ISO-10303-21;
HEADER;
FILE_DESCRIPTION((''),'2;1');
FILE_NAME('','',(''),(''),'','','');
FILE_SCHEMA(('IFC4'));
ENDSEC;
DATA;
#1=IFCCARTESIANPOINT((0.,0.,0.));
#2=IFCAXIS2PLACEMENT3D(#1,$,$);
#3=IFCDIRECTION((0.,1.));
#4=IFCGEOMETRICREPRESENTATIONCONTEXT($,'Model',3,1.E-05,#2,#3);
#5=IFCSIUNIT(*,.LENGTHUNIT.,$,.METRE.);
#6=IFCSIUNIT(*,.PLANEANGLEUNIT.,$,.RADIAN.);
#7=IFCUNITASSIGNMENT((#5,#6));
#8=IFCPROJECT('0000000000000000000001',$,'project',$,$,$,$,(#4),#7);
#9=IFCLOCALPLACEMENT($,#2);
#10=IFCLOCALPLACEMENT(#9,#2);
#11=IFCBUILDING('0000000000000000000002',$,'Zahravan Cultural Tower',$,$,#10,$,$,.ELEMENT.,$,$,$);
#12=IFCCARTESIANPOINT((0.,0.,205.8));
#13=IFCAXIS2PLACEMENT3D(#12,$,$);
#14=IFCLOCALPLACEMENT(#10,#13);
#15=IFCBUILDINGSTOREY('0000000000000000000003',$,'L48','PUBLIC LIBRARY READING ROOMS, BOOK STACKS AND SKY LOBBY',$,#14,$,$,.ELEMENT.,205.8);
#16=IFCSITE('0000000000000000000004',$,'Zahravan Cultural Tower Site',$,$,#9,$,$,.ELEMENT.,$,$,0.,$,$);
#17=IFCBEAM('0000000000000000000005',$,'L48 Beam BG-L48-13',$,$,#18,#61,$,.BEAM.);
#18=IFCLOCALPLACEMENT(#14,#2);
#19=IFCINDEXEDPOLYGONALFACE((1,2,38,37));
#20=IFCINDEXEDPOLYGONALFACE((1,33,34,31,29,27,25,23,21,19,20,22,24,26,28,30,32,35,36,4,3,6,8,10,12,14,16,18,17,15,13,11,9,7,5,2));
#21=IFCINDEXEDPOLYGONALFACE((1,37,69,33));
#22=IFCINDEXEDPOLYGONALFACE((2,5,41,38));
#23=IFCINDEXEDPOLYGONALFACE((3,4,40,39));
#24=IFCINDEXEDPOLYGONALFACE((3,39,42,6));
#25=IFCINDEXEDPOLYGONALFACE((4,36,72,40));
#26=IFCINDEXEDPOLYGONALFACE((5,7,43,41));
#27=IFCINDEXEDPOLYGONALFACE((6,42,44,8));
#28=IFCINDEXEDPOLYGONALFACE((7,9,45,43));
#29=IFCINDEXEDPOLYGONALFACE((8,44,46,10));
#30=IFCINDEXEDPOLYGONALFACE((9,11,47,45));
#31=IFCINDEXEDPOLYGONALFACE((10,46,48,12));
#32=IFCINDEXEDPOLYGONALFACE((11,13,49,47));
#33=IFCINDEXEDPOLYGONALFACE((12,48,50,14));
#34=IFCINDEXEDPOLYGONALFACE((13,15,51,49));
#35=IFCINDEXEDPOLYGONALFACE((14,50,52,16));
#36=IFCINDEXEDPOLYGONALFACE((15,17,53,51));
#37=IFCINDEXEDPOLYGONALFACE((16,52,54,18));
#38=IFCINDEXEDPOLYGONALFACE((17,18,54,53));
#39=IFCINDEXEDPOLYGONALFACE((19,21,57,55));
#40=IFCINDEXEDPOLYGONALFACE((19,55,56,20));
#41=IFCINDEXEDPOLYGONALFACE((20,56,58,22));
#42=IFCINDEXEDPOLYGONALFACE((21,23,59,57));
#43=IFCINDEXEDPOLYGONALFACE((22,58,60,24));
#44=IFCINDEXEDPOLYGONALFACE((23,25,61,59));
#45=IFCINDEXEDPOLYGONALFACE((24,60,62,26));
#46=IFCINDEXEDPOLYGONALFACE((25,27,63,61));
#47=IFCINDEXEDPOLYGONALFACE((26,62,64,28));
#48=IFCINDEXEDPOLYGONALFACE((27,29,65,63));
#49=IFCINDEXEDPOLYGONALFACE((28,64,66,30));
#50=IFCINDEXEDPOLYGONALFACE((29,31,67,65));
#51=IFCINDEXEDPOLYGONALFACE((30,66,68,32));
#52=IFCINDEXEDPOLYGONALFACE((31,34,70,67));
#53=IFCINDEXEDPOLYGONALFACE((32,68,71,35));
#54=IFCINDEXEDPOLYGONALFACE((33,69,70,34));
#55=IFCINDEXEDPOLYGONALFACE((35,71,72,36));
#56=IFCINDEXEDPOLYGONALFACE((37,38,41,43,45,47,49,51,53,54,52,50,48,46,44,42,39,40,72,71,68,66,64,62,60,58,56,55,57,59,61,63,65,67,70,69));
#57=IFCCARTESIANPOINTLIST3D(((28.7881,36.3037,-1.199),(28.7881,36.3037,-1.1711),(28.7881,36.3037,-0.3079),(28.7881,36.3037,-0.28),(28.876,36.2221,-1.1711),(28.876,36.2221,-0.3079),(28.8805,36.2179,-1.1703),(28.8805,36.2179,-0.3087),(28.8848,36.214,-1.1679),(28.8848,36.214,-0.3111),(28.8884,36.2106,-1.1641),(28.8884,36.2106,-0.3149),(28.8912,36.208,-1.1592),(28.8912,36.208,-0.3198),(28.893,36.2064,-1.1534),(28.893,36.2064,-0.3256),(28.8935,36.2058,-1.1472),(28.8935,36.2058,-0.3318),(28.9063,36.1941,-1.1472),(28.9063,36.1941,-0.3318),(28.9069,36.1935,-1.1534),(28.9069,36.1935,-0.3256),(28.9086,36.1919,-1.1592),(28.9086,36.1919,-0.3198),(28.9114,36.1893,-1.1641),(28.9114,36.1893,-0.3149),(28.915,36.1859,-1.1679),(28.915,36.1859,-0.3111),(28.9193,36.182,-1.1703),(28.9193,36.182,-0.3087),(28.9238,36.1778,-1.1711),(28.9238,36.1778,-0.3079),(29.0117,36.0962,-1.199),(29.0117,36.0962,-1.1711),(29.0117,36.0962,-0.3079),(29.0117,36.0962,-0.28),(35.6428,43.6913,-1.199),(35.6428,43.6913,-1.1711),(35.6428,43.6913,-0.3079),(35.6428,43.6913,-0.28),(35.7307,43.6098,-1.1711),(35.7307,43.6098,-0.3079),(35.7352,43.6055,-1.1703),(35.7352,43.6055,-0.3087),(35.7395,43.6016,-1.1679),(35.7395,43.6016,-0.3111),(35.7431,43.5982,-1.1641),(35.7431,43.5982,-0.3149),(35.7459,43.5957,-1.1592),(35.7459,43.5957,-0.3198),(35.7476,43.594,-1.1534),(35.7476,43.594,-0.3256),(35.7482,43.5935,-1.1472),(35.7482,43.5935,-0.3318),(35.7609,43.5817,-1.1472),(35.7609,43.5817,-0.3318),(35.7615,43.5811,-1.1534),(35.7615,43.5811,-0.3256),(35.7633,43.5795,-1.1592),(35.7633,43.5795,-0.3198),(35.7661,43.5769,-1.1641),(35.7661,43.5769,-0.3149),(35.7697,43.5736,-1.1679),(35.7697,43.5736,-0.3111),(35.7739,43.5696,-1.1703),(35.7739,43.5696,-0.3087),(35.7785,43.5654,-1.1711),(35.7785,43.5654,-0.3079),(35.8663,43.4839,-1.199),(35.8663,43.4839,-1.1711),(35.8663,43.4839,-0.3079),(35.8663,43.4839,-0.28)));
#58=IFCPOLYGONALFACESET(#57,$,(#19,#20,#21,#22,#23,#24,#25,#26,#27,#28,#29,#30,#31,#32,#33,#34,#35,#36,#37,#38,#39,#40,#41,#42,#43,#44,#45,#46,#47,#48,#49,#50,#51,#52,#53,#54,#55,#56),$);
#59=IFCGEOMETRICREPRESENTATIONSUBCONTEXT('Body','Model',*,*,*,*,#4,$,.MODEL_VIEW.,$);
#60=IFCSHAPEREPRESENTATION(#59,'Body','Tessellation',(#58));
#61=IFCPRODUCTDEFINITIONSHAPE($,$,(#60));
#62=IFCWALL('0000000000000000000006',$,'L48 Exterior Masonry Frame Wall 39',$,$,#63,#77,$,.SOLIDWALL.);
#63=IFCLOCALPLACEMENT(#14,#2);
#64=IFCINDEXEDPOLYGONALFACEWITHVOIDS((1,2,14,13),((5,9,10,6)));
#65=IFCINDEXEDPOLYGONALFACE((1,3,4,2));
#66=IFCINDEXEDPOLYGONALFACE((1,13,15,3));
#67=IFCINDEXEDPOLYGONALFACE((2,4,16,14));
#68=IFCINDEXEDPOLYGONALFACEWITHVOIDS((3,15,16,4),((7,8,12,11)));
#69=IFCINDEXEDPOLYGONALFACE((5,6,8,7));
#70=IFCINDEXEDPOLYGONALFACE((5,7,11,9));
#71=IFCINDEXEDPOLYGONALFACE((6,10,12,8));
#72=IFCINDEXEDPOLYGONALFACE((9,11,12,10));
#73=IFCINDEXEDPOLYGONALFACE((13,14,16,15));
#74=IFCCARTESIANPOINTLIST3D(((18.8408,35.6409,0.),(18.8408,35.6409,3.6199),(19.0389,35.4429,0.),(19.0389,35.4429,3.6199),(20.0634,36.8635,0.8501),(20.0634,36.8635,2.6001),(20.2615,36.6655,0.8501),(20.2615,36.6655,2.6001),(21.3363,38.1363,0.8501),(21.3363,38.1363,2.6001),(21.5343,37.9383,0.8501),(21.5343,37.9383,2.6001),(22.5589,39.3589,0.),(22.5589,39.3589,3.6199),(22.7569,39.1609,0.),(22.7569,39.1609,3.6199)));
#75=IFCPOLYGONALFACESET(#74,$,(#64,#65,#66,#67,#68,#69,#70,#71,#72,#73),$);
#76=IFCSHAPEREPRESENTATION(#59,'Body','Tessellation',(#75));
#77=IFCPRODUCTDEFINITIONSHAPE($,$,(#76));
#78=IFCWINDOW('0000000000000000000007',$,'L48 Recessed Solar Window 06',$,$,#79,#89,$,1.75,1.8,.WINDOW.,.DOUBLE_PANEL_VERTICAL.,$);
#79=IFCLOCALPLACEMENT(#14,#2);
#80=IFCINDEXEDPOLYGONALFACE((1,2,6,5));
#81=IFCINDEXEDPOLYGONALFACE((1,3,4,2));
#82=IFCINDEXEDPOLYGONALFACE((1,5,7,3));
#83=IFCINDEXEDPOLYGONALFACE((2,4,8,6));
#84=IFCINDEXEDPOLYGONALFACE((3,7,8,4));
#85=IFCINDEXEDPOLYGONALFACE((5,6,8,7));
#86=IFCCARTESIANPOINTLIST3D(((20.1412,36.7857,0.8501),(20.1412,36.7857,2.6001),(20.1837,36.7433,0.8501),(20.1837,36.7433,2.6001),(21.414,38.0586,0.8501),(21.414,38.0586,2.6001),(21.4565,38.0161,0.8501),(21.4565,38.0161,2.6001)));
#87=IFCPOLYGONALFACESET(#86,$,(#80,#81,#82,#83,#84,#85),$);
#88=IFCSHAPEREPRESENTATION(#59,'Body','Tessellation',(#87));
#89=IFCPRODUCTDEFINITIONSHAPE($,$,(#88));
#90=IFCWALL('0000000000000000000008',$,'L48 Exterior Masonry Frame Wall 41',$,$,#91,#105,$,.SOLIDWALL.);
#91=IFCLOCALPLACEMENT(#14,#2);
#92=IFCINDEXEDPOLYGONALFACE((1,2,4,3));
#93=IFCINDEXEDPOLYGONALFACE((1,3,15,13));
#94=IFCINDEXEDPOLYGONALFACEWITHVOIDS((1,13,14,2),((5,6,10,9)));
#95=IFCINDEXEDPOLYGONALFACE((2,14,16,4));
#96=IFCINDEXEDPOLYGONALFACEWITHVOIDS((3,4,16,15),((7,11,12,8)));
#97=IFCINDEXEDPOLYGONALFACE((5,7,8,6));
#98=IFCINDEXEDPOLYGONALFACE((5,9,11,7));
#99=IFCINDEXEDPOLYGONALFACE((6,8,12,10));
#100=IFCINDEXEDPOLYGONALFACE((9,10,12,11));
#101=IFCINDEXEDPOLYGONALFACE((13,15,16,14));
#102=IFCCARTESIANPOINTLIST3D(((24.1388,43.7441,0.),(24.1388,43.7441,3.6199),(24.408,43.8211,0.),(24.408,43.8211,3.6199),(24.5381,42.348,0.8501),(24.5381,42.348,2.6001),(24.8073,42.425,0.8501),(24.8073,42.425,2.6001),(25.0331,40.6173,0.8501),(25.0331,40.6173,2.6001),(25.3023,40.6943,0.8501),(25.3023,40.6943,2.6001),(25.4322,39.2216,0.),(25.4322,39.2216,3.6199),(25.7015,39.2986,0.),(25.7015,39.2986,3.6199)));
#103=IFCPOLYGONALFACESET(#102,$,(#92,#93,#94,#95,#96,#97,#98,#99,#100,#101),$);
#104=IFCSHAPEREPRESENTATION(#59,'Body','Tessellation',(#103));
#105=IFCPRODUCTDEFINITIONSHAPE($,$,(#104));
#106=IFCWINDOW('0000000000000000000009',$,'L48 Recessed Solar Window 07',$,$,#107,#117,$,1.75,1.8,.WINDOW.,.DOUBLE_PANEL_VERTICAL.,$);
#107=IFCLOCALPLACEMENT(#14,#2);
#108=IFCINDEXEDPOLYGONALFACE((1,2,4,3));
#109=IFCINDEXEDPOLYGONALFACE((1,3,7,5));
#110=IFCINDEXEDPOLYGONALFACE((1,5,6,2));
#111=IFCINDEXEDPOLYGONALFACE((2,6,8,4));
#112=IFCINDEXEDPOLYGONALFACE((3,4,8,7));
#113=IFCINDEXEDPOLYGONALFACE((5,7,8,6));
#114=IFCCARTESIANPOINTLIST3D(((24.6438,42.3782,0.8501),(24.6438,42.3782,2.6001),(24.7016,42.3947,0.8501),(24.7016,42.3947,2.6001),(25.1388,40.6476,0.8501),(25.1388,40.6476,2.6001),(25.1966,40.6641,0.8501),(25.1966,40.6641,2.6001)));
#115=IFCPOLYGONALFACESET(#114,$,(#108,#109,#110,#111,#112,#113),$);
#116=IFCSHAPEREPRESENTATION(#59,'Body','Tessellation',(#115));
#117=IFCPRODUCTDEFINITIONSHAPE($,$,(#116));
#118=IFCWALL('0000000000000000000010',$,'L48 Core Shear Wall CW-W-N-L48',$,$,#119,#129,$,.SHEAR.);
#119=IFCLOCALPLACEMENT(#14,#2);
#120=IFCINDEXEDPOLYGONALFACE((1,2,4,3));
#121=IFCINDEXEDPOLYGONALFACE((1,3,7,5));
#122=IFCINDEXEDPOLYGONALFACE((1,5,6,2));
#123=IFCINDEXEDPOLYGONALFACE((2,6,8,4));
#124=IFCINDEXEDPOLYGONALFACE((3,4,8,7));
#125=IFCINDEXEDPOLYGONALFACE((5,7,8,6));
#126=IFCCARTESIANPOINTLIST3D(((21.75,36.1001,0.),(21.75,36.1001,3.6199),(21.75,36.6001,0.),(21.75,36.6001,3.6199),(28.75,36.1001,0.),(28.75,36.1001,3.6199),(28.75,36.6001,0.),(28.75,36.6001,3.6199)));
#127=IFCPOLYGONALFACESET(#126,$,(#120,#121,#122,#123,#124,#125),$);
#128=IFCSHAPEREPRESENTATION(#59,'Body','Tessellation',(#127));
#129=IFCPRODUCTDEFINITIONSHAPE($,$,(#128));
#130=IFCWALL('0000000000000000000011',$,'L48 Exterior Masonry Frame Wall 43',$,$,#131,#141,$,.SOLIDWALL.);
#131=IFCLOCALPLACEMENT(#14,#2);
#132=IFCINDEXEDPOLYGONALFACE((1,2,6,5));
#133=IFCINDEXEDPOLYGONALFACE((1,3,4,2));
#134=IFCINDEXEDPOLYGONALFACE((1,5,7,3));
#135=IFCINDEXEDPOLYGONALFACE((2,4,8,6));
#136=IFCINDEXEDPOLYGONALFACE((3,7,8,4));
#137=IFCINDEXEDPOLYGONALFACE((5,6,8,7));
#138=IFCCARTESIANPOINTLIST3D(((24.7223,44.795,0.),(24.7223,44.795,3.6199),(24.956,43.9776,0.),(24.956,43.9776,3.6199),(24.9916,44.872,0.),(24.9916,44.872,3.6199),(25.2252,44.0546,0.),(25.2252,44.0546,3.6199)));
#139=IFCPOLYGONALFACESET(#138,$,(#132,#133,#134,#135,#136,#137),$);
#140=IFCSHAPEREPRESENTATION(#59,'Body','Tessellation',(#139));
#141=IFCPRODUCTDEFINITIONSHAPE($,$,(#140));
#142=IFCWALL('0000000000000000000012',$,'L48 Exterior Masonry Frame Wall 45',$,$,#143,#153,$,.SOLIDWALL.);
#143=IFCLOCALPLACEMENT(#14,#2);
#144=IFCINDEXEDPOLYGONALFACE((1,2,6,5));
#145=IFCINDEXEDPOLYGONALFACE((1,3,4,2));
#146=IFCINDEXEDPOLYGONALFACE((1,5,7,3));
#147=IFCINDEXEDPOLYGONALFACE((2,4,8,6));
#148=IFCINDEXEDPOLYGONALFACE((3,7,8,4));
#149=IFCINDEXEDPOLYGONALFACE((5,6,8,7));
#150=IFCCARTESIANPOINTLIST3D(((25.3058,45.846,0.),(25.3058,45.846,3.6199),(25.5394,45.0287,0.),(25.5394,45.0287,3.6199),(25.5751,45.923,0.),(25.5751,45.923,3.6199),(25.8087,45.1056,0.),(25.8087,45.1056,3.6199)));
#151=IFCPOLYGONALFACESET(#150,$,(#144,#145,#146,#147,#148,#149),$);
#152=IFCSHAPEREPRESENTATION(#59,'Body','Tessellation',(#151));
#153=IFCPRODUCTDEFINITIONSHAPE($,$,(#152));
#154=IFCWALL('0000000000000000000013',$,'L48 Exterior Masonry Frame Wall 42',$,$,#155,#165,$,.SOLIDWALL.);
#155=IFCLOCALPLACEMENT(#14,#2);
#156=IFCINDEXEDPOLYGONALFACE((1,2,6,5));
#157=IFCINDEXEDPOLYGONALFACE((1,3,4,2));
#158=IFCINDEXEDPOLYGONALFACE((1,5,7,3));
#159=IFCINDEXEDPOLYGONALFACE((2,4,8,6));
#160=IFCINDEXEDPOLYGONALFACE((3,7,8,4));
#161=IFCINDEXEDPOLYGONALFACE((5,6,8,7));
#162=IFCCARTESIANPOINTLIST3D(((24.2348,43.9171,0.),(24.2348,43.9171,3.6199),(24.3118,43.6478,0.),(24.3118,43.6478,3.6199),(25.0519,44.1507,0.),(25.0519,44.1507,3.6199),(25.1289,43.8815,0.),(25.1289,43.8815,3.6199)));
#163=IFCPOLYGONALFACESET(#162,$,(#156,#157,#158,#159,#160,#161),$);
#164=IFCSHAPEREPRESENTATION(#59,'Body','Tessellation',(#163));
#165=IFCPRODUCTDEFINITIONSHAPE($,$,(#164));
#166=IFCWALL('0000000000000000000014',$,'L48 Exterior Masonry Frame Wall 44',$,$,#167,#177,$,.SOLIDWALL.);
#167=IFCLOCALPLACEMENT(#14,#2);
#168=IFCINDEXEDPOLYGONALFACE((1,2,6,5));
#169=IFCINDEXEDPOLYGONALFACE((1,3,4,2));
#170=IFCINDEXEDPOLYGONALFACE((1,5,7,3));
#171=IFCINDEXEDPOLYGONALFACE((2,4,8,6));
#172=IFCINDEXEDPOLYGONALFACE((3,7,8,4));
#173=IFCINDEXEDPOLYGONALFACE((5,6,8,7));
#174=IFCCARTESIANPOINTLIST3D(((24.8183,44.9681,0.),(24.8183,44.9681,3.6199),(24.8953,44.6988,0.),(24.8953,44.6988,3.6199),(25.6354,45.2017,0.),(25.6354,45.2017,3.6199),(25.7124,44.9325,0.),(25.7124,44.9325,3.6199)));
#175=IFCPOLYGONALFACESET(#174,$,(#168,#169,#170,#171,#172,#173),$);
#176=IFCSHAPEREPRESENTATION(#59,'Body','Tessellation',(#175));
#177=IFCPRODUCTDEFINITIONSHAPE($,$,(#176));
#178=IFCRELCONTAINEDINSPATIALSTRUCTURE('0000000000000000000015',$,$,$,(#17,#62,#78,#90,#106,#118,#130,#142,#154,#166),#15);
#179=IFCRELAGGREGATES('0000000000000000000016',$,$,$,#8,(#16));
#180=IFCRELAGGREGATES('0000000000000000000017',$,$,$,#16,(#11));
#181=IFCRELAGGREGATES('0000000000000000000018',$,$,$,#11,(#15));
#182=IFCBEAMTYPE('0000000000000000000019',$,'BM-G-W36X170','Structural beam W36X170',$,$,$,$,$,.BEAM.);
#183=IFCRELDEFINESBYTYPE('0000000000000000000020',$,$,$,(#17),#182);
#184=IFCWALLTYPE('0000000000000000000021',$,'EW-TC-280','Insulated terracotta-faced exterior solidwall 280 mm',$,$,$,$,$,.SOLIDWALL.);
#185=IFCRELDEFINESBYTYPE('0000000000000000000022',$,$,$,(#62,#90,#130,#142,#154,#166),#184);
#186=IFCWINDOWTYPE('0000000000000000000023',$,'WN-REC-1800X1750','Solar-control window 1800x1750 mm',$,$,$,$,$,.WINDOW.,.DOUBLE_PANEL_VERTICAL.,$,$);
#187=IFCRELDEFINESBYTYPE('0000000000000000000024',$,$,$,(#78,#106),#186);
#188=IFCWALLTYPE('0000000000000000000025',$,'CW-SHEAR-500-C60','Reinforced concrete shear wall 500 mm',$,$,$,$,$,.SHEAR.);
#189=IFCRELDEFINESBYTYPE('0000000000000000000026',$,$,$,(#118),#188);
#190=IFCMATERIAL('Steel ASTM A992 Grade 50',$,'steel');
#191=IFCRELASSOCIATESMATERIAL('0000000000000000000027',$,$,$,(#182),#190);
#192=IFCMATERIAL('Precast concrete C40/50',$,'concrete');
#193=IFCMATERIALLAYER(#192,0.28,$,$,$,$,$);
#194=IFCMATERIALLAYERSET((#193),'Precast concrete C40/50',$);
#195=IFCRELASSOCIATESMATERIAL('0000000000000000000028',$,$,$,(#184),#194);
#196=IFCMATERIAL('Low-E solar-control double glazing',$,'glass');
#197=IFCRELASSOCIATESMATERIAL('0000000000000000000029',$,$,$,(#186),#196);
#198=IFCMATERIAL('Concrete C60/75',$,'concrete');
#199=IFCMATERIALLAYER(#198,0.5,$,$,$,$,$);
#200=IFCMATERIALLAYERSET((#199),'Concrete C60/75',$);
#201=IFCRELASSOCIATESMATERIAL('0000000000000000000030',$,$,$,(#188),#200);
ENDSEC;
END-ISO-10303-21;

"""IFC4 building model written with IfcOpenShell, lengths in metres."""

from ifc_helpers import new_model, si_unit, direction, frame, frame_2d, origin, origin_2d, place, context, subcontext, project, spatial, rectangle, i_section, extrude, source, transform, mapped, material, layer, layer_set, material_profile, profile_set, type_object, element, fill, save


model = new_model("IFC4")

# Units and contexts
model_context = context("Model", 3, precision=1e-05, world=origin(), true_north=direction((0.0, 1.0)))
body_context = subcontext(model_context, "Body", "Model", "MODEL_VIEW")
ifc_project = project(units=[si_unit("LENGTHUNIT", "METRE"), si_unit("PLANEANGLEUNIT", "RADIAN")], contexts=[model_context])

# Site, building, storey
site_placement = place(None, origin())
site = spatial("IfcSite", under=ifc_project, at=site_placement, Name="Zahravan Cultural Tower Site", CompositionType="ELEMENT", RefElevation=0.0)
building_placement = place(site_placement, origin())
building = spatial("IfcBuilding", under=site, at=building_placement, Name="Zahravan Cultural Tower", CompositionType="ELEMENT")
storey_placement = place(building_placement, frame((0.0, 0.0, 205.8)))
storey = spatial("IfcBuildingStorey", under=building, at=storey_placement, Name="L48", Description="PUBLIC LIBRARY READING ROOMS, BOOK STACKS AND SKY LOBBY", CompositionType="ELEMENT", Elevation=205.8)

# Shared definitions
ifc_material_1 = material(Name="Steel ASTM A992 Grade 50", Category="steel")

# Beam
ifc_material_profile_1 = material_profile(ifc_material_1, i_section(OverallWidth=0.3049, OverallDepth=0.9189, WebThickness=0.0173, FlangeThickness=0.0278, FilletRadius=0.0239, at=origin_2d()), Name="W36X170")
ifc_profile_set_1 = profile_set([ifc_material_profile_1], Name="Steel ASTM A992 Grade 50")
beam_type_1 = type_object("IfcBeamType", Name="BM-G-W36X170", Description="Structural beam W36X170", PredefinedType="BEAM", material=ifc_profile_set_1)
shared_shape_1 = source(origin(), body_context, "Body", "SweptSolid", [
    extrude(i_section(OverallWidth=0.3049, OverallDepth=0.9189, WebThickness=0.0173, FlangeThickness=0.0278, FilletRadius=0.0239, at=origin_2d()), origin(), (0.0, 0.0, 1.0), 10.0779),
])
beam_1_placement = place(storey_placement, frame((28.8999, 36.2, -0.7395), z_axis=(0.68017, 0.733054, 0.0), x_axis=(-0.733054, 0.68017, 0.0)))
element("IfcBeam", 1, at=beam_1_placement, inside=storey, type_object=beam_type_1, Name="L48 Beam BG-L48-13", PredefinedType="BEAM", context=body_context, shape_type="MappedRepresentation", body=[
    mapped(shared_shape_1, transform((0.0, 0.0, 0.0), x_axis=(1.0, 0.0, 0.0), y_axis=(0.0, 1.0, 0.0), z_axis=(0.0, 0.0, 1.0), scale=1.0)),
])

# Walls, openings, windows
ifc_material_2 = material(Name="Precast concrete C40/50", Category="concrete")
ifc_layer_1 = layer(ifc_material_2, 0.28)
ifc_layer_set_1 = layer_set([ifc_layer_1], Name="Precast concrete C40/50")
wall_type_1 = type_object("IfcWallType", Name="EW-TC-280", Description="Insulated terracotta-faced exterior solidwall 280 mm", PredefinedType="SOLIDWALL", material=ifc_layer_set_1)
wall_1_placement = place(storey_placement, frame((18.9399, 35.542, 0.0), z_axis=(0.0, 0.0, 1.0), x_axis=(0.707107, 0.707107, 0.0)))
wall_1 = element("IfcWall", 2, at=wall_1_placement, inside=storey, type_object=wall_type_1, Name="L48 Exterior Masonry Frame Wall 39", PredefinedType="SOLIDWALL", context=body_context, shape_type="SweptSolid", body=[
    extrude(rectangle(XDim=5.2581, YDim=0.28, at=frame_2d((2.6289, 0.0))), origin(), (0.0, 0.0, 1.0), 3.6199),
])
opening_1_placement = place(wall_1_placement, frame((1.729, 0.0, 0.8501)))
opening_1 = element("IfcOpeningElement", 3, at=opening_1_placement, cuts=wall_1, PredefinedType="OPENING", context=body_context, shape_type="SweptSolid", body=[
    extrude(rectangle(XDim=1.8, YDim=1.75, at=frame_2d((0.8999, 0.875))), frame((0.0, 0.1499, 0.0), z_axis=(0.0, -1.0, 0.0), x_axis=(1.0, 0.0, 0.0)), (0.0, 0.0, 1.0), 0.3),
])
ifc_material_3 = material(Name="Low-E solar-control double glazing", Category="glass")
window_type = type_object("IfcWindowType", Name="WN-REC-1800X1750", Description="Solar-control window 1800x1750 mm", PartitioningType="DOUBLE_PANEL_VERTICAL", PredefinedType="WINDOW", material=ifc_material_3)
shared_shape_2 = source(origin(), body_context, "Body", "SweptSolid", [
    extrude(rectangle(XDim=1.8, YDim=1.75, at=frame_2d((0.8999, 0.875))), frame((0.0, 0.03, 0.0), z_axis=(0.0, -1.0, 0.0), x_axis=(1.0, 0.0, 0.0)), (0.0, 0.0, 1.0), 0.0601),
])
window_1_placement = place(opening_1_placement, origin())
window_1 = element("IfcWindow", 4, at=window_1_placement, inside=storey, type_object=window_type, Name="L48 Recessed Solar Window 06", OverallHeight=1.75, OverallWidth=1.8, PartitioningType="DOUBLE_PANEL_VERTICAL", PredefinedType="WINDOW", context=body_context, shape_type="MappedRepresentation", body=[
    mapped(shared_shape_2, transform((0.0, 0.0, 0.0), x_axis=(1.0, 0.0, 0.0), y_axis=(0.0, 1.0, 0.0), z_axis=(0.0, 0.0, 1.0), scale=1.0)),
])
fill(opening_1, window_1)
wall_2_placement = place(storey_placement, frame((25.5669, 39.26, 0.0), z_axis=(0.0, 0.0, 1.0), x_axis=(-0.274982, 0.961449, 0.0)))
wall_2 = element("IfcWall", 5, at=wall_2_placement, inside=storey, type_object=wall_type_1, Name="L48 Exterior Masonry Frame Wall 41", PredefinedType="SOLIDWALL", context=body_context, shape_type="SweptSolid", body=[
    extrude(rectangle(XDim=4.7039, YDim=0.28, at=frame_2d((2.3521, 0.0))), origin(), (0.0, 0.0, 1.0), 3.6199),
])
opening_2_placement = place(wall_2_placement, frame((1.4519, 0.0, 0.8501)))
opening_2 = element("IfcOpeningElement", 6, at=opening_2_placement, cuts=wall_2, PredefinedType="OPENING", context=body_context, shape_type="SweptSolid", body=[
    extrude(rectangle(XDim=1.8, YDim=1.75, at=frame_2d((0.8999, 0.875))), frame((0.0, 0.1499, 0.0), z_axis=(0.0, -1.0, 0.0), x_axis=(1.0, 0.0, 0.0)), (0.0, 0.0, 1.0), 0.3),
])
window_2_placement = place(opening_2_placement, origin())
window_2 = element("IfcWindow", 7, at=window_2_placement, inside=storey, type_object=window_type, Name="L48 Recessed Solar Window 07", OverallHeight=1.75, OverallWidth=1.8, PartitioningType="DOUBLE_PANEL_VERTICAL", PredefinedType="WINDOW", context=body_context, shape_type="MappedRepresentation", body=[
    mapped(shared_shape_2, transform((0.0, 0.0, 0.0), x_axis=(1.0, 0.0, 0.0), y_axis=(0.0, 1.0, 0.0), z_axis=(0.0, 0.0, 1.0), scale=1.0)),
])
fill(opening_2, window_2)

# Walls
ifc_material_4 = material(Name="Concrete C60/75", Category="concrete")
ifc_layer_2 = layer(ifc_material_4, 0.5)
ifc_layer_set_2 = layer_set([ifc_layer_2], Name="Concrete C60/75")
wall_type_2 = type_object("IfcWallType", Name="CW-SHEAR-500-C60", Description="Reinforced concrete shear wall 500 mm", PredefinedType="SHEAR", material=ifc_layer_set_2)
shared_shape_3 = source(origin(), body_context, "Body", "SweptSolid", [
    extrude(rectangle(XDim=7.0, YDim=0.5, at=frame_2d((3.5, 0.0))), origin(), (0.0, 0.0, 1.0), 3.6199),
])
wall_3_placement = place(storey_placement, frame((21.75, 36.3501, 0.0), z_axis=(0.0, 0.0, 1.0), x_axis=(1.0, 0.0, 0.0)))
element("IfcWall", 8, at=wall_3_placement, inside=storey, type_object=wall_type_2, Name="L48 Core Shear Wall CW-W-N-L48", PredefinedType="SHEAR", context=body_context, shape_type="MappedRepresentation", body=[
    mapped(shared_shape_3, transform((0.0, 0.0, 0.0), x_axis=(1.0, 0.0, 0.0), y_axis=(0.0, 1.0, 0.0), z_axis=(0.0, 0.0, 1.0), scale=1.0)),
])
shared_shape_4 = source(origin(), body_context, "Body", "SweptSolid", [
    extrude(rectangle(XDim=0.8501, YDim=0.28, at=frame_2d((0.425, 0.0))), origin(), (0.0, 0.0, 1.0), 3.6199),
])
for number, where, z_axis, x_axis, name in (
    (9, (25.0906, 44.0161, 0.0), (0.0, 0.0, 1.0), (-0.274835, 0.961491, 0.0), "L48 Exterior Masonry Frame Wall 43"),
    (10, (25.6741, 45.0671, 0.0), (0.0, 0.0, 1.0), (-0.274835, 0.961491, 0.0), "L48 Exterior Masonry Frame Wall 45"),
):
    element("IfcWall", number, at=place(storey_placement, frame(where, z_axis=z_axis, x_axis=x_axis)), inside=storey, type_object=wall_type_1, Name=name, PredefinedType="SOLIDWALL", context=body_context, shape_type="MappedRepresentation", body=[
        mapped(shared_shape_4, transform((0.0, 0.0, 0.0), x_axis=(1.0, 0.0, 0.0), y_axis=(0.0, 1.0, 0.0), z_axis=(0.0, 0.0, 1.0), scale=1.0)),
    ])
shared_shape_5 = source(origin(), body_context, "Body", "SweptSolid", [
    extrude(rectangle(XDim=0.8499, YDim=0.28, at=frame_2d((0.4248, 0.0))), origin(), (0.0, 0.0, 1.0), 3.6199),
])
for number, where, z_axis, x_axis, name in (
    (11, (24.2734, 43.7825, 0.0), (0.0, 0.0, 1.0), (0.96147, 0.274911, 0.0), "L48 Exterior Masonry Frame Wall 42"),
    (12, (24.8569, 44.8335, 0.0), (0.0, 0.0, 1.0), (0.96147, 0.274911, 0.0), "L48 Exterior Masonry Frame Wall 44"),
):
    element("IfcWall", number, at=place(storey_placement, frame(where, z_axis=z_axis, x_axis=x_axis)), inside=storey, type_object=wall_type_1, Name=name, PredefinedType="SOLIDWALL", context=body_context, shape_type="MappedRepresentation", body=[
        mapped(shared_shape_5, transform((0.0, 0.0, 0.0), x_axis=(1.0, 0.0, 0.0), y_axis=(0.0, 1.0, 0.0), z_axis=(0.0, 0.0, 1.0), scale=1.0)),
    ])

save(model, "model.ifc")
